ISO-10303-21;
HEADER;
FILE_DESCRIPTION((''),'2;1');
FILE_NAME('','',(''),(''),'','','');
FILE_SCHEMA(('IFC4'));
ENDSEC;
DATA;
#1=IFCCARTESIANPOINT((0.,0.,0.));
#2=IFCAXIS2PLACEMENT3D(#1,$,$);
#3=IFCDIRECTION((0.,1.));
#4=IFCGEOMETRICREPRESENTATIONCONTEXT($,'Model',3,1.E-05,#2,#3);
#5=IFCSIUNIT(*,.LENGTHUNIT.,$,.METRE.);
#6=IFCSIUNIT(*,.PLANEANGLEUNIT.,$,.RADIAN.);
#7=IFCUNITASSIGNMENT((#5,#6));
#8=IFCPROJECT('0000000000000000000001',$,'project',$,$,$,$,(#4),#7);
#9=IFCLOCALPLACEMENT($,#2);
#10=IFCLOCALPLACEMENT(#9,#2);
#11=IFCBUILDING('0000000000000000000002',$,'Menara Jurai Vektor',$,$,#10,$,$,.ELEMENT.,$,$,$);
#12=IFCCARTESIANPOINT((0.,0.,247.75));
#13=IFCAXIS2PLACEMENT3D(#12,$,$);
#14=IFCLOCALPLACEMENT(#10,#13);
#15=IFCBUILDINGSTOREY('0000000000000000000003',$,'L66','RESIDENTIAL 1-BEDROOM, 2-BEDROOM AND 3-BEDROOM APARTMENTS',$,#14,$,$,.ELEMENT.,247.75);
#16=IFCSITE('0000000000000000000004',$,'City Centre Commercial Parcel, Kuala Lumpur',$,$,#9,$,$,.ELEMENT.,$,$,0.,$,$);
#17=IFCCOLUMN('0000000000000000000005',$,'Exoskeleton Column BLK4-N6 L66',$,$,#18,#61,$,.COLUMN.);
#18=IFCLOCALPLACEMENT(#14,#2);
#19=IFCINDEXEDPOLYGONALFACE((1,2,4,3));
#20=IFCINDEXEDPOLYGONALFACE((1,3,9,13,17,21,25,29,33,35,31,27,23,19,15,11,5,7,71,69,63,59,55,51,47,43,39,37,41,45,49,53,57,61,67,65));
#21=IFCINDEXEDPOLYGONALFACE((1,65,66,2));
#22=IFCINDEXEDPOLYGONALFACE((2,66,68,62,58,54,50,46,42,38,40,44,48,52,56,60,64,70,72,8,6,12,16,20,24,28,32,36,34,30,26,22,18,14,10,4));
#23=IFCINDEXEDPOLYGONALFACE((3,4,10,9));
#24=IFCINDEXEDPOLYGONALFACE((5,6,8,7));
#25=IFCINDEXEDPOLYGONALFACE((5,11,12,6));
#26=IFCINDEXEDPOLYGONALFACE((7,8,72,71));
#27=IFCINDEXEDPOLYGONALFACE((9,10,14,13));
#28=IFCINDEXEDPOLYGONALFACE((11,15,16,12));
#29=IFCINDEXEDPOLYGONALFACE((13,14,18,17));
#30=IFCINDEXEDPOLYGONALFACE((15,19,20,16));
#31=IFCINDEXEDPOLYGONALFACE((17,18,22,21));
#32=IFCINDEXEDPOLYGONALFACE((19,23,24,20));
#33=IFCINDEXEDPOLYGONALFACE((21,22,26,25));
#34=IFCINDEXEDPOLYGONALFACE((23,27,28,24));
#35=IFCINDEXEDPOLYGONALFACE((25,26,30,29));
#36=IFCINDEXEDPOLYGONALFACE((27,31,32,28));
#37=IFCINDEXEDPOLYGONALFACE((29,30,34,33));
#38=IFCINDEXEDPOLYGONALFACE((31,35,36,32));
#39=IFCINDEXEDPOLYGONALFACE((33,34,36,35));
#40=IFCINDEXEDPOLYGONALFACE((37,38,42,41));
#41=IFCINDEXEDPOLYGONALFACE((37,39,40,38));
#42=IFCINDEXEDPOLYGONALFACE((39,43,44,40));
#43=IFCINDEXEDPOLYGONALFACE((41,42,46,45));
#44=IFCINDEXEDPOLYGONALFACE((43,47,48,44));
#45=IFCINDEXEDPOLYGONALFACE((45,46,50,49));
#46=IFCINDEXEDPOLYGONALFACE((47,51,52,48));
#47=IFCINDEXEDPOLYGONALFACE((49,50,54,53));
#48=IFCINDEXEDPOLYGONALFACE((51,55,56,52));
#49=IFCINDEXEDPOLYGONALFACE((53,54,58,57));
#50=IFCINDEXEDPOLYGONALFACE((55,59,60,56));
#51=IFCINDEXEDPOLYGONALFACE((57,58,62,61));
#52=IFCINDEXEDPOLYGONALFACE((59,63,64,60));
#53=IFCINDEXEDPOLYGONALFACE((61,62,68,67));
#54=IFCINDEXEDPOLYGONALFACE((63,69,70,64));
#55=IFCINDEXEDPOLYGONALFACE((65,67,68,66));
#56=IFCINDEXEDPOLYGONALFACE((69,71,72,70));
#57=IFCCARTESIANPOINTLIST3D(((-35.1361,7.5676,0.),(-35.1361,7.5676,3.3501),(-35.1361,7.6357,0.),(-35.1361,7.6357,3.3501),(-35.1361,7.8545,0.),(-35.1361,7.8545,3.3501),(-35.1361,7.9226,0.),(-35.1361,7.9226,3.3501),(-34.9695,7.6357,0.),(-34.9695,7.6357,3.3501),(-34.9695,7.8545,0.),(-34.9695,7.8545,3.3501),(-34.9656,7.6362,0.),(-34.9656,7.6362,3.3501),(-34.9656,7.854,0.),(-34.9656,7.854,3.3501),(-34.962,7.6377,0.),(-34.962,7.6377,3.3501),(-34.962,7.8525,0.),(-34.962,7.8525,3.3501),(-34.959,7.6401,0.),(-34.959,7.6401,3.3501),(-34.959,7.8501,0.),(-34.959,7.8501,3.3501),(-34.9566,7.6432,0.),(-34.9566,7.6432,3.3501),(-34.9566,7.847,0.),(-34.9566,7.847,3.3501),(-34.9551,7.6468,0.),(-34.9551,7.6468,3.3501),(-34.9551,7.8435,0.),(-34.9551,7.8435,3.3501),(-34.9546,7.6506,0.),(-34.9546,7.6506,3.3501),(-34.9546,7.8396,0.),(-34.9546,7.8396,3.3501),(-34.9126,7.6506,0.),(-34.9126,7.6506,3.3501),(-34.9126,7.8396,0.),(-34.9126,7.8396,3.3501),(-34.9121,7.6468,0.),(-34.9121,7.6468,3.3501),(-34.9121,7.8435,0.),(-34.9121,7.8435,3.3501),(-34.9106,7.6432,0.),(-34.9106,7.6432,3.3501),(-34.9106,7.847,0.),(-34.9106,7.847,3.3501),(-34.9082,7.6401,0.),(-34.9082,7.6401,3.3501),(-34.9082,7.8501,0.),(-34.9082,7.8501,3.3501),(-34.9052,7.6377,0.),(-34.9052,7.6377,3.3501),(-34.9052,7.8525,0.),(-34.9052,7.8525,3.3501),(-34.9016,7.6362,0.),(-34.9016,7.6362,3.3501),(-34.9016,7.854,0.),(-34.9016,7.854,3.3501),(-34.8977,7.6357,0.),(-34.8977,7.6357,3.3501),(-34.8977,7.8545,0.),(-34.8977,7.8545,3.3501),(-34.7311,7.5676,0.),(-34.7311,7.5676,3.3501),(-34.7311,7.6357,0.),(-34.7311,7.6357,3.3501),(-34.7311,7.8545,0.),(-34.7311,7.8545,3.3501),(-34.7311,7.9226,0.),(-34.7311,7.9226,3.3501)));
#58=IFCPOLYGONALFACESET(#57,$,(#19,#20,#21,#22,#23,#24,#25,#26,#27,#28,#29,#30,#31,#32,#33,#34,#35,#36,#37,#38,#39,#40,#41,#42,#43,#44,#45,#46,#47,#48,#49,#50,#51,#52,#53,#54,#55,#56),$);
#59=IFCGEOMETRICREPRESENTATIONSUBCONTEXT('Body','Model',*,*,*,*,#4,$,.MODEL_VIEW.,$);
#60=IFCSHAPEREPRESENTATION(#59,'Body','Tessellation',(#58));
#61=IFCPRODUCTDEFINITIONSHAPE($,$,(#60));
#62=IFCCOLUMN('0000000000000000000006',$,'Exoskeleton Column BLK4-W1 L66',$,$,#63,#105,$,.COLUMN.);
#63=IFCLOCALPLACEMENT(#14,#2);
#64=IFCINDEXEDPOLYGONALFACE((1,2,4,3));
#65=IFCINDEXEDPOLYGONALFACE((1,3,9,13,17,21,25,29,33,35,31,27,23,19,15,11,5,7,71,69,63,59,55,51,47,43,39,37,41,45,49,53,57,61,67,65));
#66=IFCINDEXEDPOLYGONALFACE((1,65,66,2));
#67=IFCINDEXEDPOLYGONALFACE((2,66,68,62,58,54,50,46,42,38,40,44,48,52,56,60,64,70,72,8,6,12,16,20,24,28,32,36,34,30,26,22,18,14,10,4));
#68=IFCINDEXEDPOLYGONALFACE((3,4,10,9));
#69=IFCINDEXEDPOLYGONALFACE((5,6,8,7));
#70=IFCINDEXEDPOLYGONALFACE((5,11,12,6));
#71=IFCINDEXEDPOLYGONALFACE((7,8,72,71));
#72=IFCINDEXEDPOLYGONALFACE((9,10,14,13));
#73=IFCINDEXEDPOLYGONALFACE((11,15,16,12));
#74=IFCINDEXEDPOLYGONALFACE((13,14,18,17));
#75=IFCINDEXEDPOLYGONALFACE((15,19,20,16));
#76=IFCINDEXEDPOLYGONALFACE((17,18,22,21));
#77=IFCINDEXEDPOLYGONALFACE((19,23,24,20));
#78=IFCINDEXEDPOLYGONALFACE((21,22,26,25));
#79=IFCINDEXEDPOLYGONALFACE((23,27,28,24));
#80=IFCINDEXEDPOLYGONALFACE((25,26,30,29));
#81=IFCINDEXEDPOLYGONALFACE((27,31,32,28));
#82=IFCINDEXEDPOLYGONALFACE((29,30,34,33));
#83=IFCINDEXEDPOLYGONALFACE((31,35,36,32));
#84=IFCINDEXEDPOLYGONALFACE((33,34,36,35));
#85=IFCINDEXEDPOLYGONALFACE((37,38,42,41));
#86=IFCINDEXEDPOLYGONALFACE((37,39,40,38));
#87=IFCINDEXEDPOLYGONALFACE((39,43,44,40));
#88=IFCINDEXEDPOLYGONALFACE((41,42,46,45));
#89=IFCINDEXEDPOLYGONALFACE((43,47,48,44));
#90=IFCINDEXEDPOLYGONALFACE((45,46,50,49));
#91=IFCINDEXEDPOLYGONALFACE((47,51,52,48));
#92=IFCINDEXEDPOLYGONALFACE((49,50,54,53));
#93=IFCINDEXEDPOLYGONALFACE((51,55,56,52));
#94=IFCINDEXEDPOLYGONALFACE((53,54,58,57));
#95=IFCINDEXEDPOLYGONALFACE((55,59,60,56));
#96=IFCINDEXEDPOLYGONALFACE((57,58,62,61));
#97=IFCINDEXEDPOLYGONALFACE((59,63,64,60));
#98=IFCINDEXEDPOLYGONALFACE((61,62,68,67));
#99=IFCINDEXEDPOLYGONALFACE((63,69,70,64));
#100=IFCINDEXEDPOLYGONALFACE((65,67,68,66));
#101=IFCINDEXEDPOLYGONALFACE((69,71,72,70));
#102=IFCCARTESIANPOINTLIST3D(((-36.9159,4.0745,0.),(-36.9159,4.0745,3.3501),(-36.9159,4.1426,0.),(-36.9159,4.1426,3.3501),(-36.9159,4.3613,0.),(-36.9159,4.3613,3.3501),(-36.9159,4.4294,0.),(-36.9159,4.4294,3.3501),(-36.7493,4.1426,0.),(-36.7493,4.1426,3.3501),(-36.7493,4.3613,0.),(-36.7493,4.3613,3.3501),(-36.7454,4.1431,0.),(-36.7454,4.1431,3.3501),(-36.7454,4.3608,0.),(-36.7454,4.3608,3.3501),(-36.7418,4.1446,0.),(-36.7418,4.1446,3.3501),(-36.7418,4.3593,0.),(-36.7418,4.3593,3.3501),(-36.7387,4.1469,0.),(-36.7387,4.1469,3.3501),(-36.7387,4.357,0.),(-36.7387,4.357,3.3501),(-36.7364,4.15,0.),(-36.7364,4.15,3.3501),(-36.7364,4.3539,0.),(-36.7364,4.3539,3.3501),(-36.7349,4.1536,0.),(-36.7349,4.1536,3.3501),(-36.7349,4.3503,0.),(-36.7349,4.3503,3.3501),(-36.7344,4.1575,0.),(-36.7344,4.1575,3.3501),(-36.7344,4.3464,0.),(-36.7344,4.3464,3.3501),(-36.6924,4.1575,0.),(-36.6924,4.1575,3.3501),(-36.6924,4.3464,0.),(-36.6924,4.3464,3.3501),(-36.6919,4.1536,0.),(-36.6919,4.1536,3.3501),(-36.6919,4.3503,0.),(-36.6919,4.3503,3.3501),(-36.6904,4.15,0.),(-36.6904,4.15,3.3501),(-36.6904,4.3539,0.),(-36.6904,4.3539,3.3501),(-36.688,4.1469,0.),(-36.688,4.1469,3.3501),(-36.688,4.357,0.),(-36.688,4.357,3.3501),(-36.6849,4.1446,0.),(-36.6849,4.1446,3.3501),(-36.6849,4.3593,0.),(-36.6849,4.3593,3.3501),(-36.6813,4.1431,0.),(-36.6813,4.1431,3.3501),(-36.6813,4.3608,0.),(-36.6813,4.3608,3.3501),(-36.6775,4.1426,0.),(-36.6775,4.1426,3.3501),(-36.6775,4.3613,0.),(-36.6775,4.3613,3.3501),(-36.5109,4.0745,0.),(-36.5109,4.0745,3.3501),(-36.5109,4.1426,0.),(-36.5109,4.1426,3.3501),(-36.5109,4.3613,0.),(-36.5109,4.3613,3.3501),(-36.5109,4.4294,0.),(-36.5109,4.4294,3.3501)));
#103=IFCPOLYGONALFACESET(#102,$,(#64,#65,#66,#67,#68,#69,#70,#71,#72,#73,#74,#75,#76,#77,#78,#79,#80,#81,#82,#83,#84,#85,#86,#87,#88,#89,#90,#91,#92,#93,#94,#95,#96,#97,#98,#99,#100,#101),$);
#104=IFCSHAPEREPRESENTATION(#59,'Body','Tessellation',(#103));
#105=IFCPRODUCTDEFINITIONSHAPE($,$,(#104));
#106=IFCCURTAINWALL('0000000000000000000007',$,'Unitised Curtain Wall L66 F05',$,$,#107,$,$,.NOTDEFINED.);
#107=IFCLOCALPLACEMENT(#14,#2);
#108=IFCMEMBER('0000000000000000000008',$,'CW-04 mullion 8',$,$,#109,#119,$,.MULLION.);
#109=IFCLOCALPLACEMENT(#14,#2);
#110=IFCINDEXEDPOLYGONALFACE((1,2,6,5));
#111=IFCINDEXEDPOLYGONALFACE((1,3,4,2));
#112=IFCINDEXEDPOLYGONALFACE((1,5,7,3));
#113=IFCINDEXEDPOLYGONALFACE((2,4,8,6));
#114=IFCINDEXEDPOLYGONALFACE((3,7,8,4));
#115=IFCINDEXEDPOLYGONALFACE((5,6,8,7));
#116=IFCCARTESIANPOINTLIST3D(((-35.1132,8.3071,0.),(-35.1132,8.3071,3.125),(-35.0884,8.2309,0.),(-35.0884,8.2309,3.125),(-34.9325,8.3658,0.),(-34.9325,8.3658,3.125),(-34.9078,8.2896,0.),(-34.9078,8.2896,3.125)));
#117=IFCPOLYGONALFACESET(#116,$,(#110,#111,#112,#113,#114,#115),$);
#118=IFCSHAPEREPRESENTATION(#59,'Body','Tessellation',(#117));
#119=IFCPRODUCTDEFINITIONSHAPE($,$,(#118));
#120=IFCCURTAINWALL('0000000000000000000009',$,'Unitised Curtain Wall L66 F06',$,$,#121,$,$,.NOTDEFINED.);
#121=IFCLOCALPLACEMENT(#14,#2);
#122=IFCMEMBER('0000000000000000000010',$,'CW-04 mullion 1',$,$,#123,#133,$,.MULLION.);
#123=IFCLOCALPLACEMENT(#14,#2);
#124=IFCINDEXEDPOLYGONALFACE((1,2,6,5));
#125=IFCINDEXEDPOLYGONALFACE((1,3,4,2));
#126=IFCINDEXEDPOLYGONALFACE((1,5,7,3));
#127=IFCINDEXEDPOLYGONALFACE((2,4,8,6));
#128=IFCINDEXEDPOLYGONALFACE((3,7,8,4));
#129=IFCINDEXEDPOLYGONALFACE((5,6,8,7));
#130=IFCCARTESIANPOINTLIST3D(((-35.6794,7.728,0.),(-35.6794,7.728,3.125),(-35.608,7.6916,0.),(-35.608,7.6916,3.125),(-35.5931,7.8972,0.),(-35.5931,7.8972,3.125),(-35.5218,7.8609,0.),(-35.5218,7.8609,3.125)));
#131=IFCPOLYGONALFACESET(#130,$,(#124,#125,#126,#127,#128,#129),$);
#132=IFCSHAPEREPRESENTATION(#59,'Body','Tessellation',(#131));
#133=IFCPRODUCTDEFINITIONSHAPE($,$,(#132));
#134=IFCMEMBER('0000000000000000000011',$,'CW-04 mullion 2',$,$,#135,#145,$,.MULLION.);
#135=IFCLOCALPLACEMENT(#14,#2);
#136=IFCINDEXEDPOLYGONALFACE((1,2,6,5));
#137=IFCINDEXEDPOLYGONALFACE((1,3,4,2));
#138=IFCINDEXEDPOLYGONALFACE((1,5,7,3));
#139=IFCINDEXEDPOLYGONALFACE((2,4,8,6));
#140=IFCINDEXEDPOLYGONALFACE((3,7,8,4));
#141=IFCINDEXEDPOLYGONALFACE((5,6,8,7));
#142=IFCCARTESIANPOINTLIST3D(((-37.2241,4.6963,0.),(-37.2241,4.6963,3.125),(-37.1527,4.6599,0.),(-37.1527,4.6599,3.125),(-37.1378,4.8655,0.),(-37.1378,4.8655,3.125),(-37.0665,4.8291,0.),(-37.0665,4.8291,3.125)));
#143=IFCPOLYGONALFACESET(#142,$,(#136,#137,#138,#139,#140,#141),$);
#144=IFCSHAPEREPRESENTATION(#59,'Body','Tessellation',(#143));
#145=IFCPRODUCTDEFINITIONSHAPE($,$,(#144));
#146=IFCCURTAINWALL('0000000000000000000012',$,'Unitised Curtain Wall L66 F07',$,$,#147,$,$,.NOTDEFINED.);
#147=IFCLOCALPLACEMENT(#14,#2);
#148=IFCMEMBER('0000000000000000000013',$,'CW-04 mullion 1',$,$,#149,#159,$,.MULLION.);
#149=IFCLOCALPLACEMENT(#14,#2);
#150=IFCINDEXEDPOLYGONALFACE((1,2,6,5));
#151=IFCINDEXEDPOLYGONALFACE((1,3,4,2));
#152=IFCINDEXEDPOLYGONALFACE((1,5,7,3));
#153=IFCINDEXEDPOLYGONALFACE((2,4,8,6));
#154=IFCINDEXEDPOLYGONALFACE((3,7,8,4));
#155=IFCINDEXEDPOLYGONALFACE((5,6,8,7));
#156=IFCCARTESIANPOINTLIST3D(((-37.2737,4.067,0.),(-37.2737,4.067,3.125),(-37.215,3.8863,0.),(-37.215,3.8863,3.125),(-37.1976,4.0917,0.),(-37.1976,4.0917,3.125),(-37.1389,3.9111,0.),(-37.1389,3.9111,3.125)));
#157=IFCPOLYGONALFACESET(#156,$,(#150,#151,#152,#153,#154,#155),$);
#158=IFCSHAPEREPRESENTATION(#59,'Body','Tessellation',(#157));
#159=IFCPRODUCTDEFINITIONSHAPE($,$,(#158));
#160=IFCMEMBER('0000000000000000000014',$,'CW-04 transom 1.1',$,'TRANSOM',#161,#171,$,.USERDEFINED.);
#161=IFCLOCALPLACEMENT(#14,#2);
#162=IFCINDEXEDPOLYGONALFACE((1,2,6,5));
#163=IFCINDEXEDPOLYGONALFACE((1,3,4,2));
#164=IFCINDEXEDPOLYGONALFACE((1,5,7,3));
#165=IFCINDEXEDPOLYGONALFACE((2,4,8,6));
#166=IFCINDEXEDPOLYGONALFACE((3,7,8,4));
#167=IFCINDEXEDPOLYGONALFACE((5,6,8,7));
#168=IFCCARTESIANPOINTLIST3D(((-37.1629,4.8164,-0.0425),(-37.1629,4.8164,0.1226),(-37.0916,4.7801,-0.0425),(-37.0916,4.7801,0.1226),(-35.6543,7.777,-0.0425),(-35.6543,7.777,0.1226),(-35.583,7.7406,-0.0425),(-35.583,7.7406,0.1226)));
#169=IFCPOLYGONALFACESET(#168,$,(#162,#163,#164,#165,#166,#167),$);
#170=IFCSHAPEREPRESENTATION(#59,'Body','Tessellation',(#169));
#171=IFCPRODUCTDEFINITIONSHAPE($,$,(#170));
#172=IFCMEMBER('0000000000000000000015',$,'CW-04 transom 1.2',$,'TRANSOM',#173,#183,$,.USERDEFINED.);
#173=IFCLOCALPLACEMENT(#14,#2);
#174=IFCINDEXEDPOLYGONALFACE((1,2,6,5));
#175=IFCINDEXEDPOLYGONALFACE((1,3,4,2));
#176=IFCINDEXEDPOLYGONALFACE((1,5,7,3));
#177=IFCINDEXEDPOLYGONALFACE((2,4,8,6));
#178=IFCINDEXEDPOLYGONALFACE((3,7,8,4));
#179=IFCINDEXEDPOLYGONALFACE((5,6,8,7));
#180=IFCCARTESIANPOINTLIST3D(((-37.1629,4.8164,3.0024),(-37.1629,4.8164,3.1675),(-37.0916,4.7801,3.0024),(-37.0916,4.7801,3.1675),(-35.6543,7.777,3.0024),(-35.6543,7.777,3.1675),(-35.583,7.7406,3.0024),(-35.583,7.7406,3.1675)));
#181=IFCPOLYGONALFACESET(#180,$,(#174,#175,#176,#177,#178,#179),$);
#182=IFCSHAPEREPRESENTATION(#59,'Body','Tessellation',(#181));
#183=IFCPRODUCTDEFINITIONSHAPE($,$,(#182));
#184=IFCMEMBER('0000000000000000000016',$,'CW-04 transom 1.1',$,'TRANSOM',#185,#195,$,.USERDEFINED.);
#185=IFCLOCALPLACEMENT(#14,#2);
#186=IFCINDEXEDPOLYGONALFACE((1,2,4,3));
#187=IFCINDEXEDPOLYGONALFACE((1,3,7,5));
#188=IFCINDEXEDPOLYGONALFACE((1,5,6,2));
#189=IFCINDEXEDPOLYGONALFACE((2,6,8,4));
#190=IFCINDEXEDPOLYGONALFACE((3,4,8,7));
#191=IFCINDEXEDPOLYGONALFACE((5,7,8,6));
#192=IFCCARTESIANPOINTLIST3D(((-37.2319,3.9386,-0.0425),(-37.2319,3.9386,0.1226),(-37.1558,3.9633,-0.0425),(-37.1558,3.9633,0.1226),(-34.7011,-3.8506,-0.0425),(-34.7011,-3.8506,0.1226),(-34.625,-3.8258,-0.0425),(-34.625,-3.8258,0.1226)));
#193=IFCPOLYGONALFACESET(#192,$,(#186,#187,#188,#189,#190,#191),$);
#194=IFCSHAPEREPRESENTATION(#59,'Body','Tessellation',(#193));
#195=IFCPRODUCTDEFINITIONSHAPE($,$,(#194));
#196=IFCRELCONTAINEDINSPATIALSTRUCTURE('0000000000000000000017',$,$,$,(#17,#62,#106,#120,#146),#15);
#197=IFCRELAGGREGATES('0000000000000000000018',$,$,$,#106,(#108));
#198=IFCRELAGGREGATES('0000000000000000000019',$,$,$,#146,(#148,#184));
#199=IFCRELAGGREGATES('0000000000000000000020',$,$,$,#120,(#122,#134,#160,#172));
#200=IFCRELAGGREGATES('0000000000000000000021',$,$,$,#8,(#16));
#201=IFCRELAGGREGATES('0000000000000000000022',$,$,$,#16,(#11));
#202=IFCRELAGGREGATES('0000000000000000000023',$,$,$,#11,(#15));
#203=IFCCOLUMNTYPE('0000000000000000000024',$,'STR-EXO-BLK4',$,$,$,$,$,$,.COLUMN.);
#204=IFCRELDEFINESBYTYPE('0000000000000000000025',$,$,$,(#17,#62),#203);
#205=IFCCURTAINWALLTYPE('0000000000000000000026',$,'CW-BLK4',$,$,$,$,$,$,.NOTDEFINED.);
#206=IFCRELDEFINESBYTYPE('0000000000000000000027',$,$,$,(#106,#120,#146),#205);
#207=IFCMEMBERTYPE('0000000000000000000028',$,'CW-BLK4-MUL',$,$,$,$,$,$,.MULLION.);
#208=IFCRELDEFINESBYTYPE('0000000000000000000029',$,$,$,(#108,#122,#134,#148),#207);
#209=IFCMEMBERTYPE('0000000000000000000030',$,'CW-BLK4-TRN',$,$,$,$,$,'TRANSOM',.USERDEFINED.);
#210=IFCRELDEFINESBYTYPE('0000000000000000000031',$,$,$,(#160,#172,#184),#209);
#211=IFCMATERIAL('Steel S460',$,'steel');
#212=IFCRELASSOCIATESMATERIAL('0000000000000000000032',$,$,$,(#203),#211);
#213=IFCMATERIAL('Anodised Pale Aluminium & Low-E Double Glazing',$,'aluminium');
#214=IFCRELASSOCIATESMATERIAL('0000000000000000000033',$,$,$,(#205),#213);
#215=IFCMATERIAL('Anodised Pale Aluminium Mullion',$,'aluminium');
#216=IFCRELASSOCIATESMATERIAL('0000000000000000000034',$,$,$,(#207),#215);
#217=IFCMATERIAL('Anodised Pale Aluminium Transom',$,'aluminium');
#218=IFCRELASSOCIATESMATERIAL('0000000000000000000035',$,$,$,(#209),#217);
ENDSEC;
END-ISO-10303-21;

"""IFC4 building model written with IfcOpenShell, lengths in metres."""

from ifc_helpers import new_model, si_unit, direction, frame, origin, origin_2d, place, context, subcontext, project, spatial, rectangle, i_section, extrude, material, material_profile, profile_set, type_object, element, aggregate, save


model = new_model("IFC4")

# Units and contexts
model_context = context("Model", 3, precision=1e-05, world=origin(), true_north=direction((0.0, 1.0)))
body_context = subcontext(model_context, "Body", "Model", "MODEL_VIEW")
ifc_project = project(units=[si_unit("LENGTHUNIT", "METRE"), si_unit("PLANEANGLEUNIT", "RADIAN")], contexts=[model_context])

# Site, building, storey
site_placement = place(None, origin())
site = spatial("IfcSite", under=ifc_project, at=site_placement, Name="City Centre Commercial Parcel, Kuala Lumpur", CompositionType="ELEMENT", RefElevation=0.0)
building_placement = place(site_placement, origin())
building = spatial("IfcBuilding", under=site, at=building_placement, Name="Menara Jurai Vektor", CompositionType="ELEMENT")
storey_placement = place(building_placement, frame((0.0, 0.0, 247.75)))
storey = spatial("IfcBuildingStorey", under=building, at=storey_placement, Name="L66", Description="RESIDENTIAL 1-BEDROOM, 2-BEDROOM AND 3-BEDROOM APARTMENTS", CompositionType="ELEMENT", Elevation=247.75)

# Columns
ifc_material_1 = material(Name="Steel S460", Category="steel")
ifc_material_profile_1 = material_profile(ifc_material_1, i_section(OverallWidth=0.405, OverallDepth=0.355, WebThickness=0.042, FlangeThickness=0.0681, FilletRadius=0.0149, at=origin_2d()), Name="HD 400x551")
ifc_profile_set_1 = profile_set([ifc_material_profile_1], Name="Steel S460")
column_type = type_object("IfcColumnType", Name="STR-EXO-BLK4", PredefinedType="COLUMN", material=ifc_profile_set_1)
for number, where, z_axis, x_axis, name in (
    (1, (-34.9336, 7.7451, 0.0), (0.0, 0.0, 1.0), (1.0, 0.0, 0.0), "Exoskeleton Column BLK4-N6 L66"),
    (2, (-36.7134, 4.252, 0.0), (0.0, 0.0, 1.0), (1.0, 0.0, 0.0), "Exoskeleton Column BLK4-W1 L66"),
):
    element("IfcColumn", number, at=place(storey_placement, frame(where, z_axis=z_axis, x_axis=x_axis)), inside=storey, type_object=column_type, Name=name, PredefinedType="COLUMN", context=body_context, shape_type="SweptSolid", body=[
        extrude(i_section(OverallWidth=0.405, OverallDepth=0.355, WebThickness=0.042, FlangeThickness=0.0681, FilletRadius=0.0149, at=origin_2d()), origin(), (0.0, 0.0, 1.0), 3.3501),
    ])

# Curtain wall, member
ifc_material_2 = material(Name="Anodised Pale Aluminium & Low-E Double Glazing", Category="aluminium")
curtain_wall_type = type_object("IfcCurtainWallType", Name="CW-BLK4", PredefinedType="NOTDEFINED", material=ifc_material_2)
curtain_wall_1_placement = place(storey_placement, origin())
curtain_wall_1 = element("IfcCurtainWall", 3, at=curtain_wall_1_placement, inside=storey, type_object=curtain_wall_type, Name="Unitised Curtain Wall L66 F05", PredefinedType="NOTDEFINED")
ifc_material_3 = material(Name="Anodised Pale Aluminium Mullion", Category="aluminium")
ifc_material_profile_2 = material_profile(ifc_material_3, rectangle(XDim=0.0801, YDim=0.1899, at=origin_2d()), Name="ALU MUL 80x190")
ifc_profile_set_2 = profile_set([ifc_material_profile_2], Name="Anodised Pale Aluminium Mullion")
member_type_1 = type_object("IfcMemberType", Name="CW-BLK4-MUL", PredefinedType="MULLION", material=ifc_profile_set_2)
member_1_placement = place(storey_placement, frame((-35.0105, 8.2983, 0.0), z_axis=(0.0, 0.0, 1.0), x_axis=(0.309017, -0.951056, 0.0)))
member_1 = element("IfcMember", 4, at=member_1_placement, type_object=member_type_1, Name="CW-04 mullion 8", PredefinedType="MULLION", context=body_context, shape_type="SweptSolid", body=[
    extrude(rectangle(XDim=0.0801, YDim=0.1899, at=origin_2d()), origin(), (0.0, 0.0, 1.0), 3.125),
])

# Curtain wall, members
curtain_wall_2_placement = place(storey_placement, origin())
curtain_wall_2 = element("IfcCurtainWall", 5, at=curtain_wall_2_placement, inside=storey, type_object=curtain_wall_type, Name="Unitised Curtain Wall L66 F06", PredefinedType="NOTDEFINED")
member_2_placement = place(storey_placement, frame((-35.6006, 7.7944, 0.0), z_axis=(0.0, 0.0, 1.0), x_axis=(0.891008, -0.453989, 0.0)))
member_2 = element("IfcMember", 6, at=member_2_placement, type_object=member_type_1, Name="CW-04 mullion 1", PredefinedType="MULLION", context=body_context, shape_type="SweptSolid", body=[
    extrude(rectangle(XDim=0.0801, YDim=0.1899, at=origin_2d()), origin(), (0.0, 0.0, 1.0), 3.125),
])
member_3_placement = place(storey_placement, frame((-37.1453, 4.7627, 0.0), z_axis=(0.0, 0.0, 1.0), x_axis=(0.891008, -0.453989, 0.0)))
member_3 = element("IfcMember", 7, at=member_3_placement, type_object=member_type_1, Name="CW-04 mullion 2", PredefinedType="MULLION", context=body_context, shape_type="SweptSolid", body=[
    extrude(rectangle(XDim=0.0801, YDim=0.1899, at=origin_2d()), origin(), (0.0, 0.0, 1.0), 3.125),
])

# Curtain wall, member
curtain_wall_3_placement = place(storey_placement, origin())
curtain_wall_3 = element("IfcCurtainWall", 8, at=curtain_wall_3_placement, inside=storey, type_object=curtain_wall_type, Name="Unitised Curtain Wall L66 F07", PredefinedType="NOTDEFINED")
member_4_placement = place(storey_placement, frame((-37.2063, 3.989, 0.0), z_axis=(0.0, 0.0, 1.0), x_axis=(0.951057, 0.309016, 0.0)))
member_4 = element("IfcMember", 9, at=member_4_placement, type_object=member_type_1, Name="CW-04 mullion 1", PredefinedType="MULLION", context=body_context, shape_type="SweptSolid", body=[
    extrude(rectangle(XDim=0.0801, YDim=0.1899, at=origin_2d()), origin(), (0.0, 0.0, 1.0), 3.125),
])

# Members
ifc_material_4 = material(Name="Anodised Pale Aluminium Transom", Category="aluminium")
ifc_material_profile_3 = material_profile(ifc_material_4, rectangle(XDim=0.0801, YDim=0.165, at=origin_2d()), Name="ALU TRN 80x165")
ifc_profile_set_3 = profile_set([ifc_material_profile_3], Name="Anodised Pale Aluminium Transom")
member_type_2 = type_object("IfcMemberType", Name="CW-BLK4-TRN", ElementType="TRANSOM", PredefinedType="USERDEFINED", material=ifc_profile_set_3)
member_5_placement = place(storey_placement, frame((-35.6187, 7.7588, 0.04), z_axis=(-0.454019, -0.890992, 0.0), x_axis=(0.890992, -0.454019, 0.0)))
member_5 = element("IfcMember", 10, at=member_5_placement, type_object=member_type_2, Name="CW-04 transom 1.1", ObjectType="TRANSOM", PredefinedType="USERDEFINED", context=body_context, shape_type="SweptSolid", body=[
    extrude(rectangle(XDim=0.0801, YDim=0.165, at=origin_2d()), origin(), (0.0, 0.0, 1.0), 3.3228),
])
member_6_placement = place(storey_placement, frame((-35.6187, 7.7588, 3.085), z_axis=(-0.454019, -0.890992, 0.0), x_axis=(0.890992, -0.454019, 0.0)))
member_6 = element("IfcMember", 11, at=member_6_placement, type_object=member_type_2, Name="CW-04 transom 1.2", ObjectType="TRANSOM", PredefinedType="USERDEFINED", context=body_context, shape_type="SweptSolid", body=[
    extrude(rectangle(XDim=0.0801, YDim=0.165, at=origin_2d()), origin(), (0.0, 0.0, 1.0), 3.3228),
])
member_7_placement = place(storey_placement, frame((-37.1938, 3.9509, 0.04), z_axis=(0.309011, -0.951059, 0.0), x_axis=(0.951059, 0.309011, 0.0)))
member_7 = element("IfcMember", 12, at=member_7_placement, type_object=member_type_2, Name="CW-04 transom 1.1", ObjectType="TRANSOM", PredefinedType="USERDEFINED", context=body_context, shape_type="SweptSolid", body=[
    extrude(rectangle(XDim=0.0801, YDim=0.165, at=origin_2d()), origin(), (0.0, 0.0, 1.0), 8.1899),
])

aggregate(curtain_wall_1, [member_1])
aggregate(curtain_wall_3, [member_4, member_7])
aggregate(curtain_wall_2, [member_2, member_3, member_5, member_6])

save(model, "model.ifc")
